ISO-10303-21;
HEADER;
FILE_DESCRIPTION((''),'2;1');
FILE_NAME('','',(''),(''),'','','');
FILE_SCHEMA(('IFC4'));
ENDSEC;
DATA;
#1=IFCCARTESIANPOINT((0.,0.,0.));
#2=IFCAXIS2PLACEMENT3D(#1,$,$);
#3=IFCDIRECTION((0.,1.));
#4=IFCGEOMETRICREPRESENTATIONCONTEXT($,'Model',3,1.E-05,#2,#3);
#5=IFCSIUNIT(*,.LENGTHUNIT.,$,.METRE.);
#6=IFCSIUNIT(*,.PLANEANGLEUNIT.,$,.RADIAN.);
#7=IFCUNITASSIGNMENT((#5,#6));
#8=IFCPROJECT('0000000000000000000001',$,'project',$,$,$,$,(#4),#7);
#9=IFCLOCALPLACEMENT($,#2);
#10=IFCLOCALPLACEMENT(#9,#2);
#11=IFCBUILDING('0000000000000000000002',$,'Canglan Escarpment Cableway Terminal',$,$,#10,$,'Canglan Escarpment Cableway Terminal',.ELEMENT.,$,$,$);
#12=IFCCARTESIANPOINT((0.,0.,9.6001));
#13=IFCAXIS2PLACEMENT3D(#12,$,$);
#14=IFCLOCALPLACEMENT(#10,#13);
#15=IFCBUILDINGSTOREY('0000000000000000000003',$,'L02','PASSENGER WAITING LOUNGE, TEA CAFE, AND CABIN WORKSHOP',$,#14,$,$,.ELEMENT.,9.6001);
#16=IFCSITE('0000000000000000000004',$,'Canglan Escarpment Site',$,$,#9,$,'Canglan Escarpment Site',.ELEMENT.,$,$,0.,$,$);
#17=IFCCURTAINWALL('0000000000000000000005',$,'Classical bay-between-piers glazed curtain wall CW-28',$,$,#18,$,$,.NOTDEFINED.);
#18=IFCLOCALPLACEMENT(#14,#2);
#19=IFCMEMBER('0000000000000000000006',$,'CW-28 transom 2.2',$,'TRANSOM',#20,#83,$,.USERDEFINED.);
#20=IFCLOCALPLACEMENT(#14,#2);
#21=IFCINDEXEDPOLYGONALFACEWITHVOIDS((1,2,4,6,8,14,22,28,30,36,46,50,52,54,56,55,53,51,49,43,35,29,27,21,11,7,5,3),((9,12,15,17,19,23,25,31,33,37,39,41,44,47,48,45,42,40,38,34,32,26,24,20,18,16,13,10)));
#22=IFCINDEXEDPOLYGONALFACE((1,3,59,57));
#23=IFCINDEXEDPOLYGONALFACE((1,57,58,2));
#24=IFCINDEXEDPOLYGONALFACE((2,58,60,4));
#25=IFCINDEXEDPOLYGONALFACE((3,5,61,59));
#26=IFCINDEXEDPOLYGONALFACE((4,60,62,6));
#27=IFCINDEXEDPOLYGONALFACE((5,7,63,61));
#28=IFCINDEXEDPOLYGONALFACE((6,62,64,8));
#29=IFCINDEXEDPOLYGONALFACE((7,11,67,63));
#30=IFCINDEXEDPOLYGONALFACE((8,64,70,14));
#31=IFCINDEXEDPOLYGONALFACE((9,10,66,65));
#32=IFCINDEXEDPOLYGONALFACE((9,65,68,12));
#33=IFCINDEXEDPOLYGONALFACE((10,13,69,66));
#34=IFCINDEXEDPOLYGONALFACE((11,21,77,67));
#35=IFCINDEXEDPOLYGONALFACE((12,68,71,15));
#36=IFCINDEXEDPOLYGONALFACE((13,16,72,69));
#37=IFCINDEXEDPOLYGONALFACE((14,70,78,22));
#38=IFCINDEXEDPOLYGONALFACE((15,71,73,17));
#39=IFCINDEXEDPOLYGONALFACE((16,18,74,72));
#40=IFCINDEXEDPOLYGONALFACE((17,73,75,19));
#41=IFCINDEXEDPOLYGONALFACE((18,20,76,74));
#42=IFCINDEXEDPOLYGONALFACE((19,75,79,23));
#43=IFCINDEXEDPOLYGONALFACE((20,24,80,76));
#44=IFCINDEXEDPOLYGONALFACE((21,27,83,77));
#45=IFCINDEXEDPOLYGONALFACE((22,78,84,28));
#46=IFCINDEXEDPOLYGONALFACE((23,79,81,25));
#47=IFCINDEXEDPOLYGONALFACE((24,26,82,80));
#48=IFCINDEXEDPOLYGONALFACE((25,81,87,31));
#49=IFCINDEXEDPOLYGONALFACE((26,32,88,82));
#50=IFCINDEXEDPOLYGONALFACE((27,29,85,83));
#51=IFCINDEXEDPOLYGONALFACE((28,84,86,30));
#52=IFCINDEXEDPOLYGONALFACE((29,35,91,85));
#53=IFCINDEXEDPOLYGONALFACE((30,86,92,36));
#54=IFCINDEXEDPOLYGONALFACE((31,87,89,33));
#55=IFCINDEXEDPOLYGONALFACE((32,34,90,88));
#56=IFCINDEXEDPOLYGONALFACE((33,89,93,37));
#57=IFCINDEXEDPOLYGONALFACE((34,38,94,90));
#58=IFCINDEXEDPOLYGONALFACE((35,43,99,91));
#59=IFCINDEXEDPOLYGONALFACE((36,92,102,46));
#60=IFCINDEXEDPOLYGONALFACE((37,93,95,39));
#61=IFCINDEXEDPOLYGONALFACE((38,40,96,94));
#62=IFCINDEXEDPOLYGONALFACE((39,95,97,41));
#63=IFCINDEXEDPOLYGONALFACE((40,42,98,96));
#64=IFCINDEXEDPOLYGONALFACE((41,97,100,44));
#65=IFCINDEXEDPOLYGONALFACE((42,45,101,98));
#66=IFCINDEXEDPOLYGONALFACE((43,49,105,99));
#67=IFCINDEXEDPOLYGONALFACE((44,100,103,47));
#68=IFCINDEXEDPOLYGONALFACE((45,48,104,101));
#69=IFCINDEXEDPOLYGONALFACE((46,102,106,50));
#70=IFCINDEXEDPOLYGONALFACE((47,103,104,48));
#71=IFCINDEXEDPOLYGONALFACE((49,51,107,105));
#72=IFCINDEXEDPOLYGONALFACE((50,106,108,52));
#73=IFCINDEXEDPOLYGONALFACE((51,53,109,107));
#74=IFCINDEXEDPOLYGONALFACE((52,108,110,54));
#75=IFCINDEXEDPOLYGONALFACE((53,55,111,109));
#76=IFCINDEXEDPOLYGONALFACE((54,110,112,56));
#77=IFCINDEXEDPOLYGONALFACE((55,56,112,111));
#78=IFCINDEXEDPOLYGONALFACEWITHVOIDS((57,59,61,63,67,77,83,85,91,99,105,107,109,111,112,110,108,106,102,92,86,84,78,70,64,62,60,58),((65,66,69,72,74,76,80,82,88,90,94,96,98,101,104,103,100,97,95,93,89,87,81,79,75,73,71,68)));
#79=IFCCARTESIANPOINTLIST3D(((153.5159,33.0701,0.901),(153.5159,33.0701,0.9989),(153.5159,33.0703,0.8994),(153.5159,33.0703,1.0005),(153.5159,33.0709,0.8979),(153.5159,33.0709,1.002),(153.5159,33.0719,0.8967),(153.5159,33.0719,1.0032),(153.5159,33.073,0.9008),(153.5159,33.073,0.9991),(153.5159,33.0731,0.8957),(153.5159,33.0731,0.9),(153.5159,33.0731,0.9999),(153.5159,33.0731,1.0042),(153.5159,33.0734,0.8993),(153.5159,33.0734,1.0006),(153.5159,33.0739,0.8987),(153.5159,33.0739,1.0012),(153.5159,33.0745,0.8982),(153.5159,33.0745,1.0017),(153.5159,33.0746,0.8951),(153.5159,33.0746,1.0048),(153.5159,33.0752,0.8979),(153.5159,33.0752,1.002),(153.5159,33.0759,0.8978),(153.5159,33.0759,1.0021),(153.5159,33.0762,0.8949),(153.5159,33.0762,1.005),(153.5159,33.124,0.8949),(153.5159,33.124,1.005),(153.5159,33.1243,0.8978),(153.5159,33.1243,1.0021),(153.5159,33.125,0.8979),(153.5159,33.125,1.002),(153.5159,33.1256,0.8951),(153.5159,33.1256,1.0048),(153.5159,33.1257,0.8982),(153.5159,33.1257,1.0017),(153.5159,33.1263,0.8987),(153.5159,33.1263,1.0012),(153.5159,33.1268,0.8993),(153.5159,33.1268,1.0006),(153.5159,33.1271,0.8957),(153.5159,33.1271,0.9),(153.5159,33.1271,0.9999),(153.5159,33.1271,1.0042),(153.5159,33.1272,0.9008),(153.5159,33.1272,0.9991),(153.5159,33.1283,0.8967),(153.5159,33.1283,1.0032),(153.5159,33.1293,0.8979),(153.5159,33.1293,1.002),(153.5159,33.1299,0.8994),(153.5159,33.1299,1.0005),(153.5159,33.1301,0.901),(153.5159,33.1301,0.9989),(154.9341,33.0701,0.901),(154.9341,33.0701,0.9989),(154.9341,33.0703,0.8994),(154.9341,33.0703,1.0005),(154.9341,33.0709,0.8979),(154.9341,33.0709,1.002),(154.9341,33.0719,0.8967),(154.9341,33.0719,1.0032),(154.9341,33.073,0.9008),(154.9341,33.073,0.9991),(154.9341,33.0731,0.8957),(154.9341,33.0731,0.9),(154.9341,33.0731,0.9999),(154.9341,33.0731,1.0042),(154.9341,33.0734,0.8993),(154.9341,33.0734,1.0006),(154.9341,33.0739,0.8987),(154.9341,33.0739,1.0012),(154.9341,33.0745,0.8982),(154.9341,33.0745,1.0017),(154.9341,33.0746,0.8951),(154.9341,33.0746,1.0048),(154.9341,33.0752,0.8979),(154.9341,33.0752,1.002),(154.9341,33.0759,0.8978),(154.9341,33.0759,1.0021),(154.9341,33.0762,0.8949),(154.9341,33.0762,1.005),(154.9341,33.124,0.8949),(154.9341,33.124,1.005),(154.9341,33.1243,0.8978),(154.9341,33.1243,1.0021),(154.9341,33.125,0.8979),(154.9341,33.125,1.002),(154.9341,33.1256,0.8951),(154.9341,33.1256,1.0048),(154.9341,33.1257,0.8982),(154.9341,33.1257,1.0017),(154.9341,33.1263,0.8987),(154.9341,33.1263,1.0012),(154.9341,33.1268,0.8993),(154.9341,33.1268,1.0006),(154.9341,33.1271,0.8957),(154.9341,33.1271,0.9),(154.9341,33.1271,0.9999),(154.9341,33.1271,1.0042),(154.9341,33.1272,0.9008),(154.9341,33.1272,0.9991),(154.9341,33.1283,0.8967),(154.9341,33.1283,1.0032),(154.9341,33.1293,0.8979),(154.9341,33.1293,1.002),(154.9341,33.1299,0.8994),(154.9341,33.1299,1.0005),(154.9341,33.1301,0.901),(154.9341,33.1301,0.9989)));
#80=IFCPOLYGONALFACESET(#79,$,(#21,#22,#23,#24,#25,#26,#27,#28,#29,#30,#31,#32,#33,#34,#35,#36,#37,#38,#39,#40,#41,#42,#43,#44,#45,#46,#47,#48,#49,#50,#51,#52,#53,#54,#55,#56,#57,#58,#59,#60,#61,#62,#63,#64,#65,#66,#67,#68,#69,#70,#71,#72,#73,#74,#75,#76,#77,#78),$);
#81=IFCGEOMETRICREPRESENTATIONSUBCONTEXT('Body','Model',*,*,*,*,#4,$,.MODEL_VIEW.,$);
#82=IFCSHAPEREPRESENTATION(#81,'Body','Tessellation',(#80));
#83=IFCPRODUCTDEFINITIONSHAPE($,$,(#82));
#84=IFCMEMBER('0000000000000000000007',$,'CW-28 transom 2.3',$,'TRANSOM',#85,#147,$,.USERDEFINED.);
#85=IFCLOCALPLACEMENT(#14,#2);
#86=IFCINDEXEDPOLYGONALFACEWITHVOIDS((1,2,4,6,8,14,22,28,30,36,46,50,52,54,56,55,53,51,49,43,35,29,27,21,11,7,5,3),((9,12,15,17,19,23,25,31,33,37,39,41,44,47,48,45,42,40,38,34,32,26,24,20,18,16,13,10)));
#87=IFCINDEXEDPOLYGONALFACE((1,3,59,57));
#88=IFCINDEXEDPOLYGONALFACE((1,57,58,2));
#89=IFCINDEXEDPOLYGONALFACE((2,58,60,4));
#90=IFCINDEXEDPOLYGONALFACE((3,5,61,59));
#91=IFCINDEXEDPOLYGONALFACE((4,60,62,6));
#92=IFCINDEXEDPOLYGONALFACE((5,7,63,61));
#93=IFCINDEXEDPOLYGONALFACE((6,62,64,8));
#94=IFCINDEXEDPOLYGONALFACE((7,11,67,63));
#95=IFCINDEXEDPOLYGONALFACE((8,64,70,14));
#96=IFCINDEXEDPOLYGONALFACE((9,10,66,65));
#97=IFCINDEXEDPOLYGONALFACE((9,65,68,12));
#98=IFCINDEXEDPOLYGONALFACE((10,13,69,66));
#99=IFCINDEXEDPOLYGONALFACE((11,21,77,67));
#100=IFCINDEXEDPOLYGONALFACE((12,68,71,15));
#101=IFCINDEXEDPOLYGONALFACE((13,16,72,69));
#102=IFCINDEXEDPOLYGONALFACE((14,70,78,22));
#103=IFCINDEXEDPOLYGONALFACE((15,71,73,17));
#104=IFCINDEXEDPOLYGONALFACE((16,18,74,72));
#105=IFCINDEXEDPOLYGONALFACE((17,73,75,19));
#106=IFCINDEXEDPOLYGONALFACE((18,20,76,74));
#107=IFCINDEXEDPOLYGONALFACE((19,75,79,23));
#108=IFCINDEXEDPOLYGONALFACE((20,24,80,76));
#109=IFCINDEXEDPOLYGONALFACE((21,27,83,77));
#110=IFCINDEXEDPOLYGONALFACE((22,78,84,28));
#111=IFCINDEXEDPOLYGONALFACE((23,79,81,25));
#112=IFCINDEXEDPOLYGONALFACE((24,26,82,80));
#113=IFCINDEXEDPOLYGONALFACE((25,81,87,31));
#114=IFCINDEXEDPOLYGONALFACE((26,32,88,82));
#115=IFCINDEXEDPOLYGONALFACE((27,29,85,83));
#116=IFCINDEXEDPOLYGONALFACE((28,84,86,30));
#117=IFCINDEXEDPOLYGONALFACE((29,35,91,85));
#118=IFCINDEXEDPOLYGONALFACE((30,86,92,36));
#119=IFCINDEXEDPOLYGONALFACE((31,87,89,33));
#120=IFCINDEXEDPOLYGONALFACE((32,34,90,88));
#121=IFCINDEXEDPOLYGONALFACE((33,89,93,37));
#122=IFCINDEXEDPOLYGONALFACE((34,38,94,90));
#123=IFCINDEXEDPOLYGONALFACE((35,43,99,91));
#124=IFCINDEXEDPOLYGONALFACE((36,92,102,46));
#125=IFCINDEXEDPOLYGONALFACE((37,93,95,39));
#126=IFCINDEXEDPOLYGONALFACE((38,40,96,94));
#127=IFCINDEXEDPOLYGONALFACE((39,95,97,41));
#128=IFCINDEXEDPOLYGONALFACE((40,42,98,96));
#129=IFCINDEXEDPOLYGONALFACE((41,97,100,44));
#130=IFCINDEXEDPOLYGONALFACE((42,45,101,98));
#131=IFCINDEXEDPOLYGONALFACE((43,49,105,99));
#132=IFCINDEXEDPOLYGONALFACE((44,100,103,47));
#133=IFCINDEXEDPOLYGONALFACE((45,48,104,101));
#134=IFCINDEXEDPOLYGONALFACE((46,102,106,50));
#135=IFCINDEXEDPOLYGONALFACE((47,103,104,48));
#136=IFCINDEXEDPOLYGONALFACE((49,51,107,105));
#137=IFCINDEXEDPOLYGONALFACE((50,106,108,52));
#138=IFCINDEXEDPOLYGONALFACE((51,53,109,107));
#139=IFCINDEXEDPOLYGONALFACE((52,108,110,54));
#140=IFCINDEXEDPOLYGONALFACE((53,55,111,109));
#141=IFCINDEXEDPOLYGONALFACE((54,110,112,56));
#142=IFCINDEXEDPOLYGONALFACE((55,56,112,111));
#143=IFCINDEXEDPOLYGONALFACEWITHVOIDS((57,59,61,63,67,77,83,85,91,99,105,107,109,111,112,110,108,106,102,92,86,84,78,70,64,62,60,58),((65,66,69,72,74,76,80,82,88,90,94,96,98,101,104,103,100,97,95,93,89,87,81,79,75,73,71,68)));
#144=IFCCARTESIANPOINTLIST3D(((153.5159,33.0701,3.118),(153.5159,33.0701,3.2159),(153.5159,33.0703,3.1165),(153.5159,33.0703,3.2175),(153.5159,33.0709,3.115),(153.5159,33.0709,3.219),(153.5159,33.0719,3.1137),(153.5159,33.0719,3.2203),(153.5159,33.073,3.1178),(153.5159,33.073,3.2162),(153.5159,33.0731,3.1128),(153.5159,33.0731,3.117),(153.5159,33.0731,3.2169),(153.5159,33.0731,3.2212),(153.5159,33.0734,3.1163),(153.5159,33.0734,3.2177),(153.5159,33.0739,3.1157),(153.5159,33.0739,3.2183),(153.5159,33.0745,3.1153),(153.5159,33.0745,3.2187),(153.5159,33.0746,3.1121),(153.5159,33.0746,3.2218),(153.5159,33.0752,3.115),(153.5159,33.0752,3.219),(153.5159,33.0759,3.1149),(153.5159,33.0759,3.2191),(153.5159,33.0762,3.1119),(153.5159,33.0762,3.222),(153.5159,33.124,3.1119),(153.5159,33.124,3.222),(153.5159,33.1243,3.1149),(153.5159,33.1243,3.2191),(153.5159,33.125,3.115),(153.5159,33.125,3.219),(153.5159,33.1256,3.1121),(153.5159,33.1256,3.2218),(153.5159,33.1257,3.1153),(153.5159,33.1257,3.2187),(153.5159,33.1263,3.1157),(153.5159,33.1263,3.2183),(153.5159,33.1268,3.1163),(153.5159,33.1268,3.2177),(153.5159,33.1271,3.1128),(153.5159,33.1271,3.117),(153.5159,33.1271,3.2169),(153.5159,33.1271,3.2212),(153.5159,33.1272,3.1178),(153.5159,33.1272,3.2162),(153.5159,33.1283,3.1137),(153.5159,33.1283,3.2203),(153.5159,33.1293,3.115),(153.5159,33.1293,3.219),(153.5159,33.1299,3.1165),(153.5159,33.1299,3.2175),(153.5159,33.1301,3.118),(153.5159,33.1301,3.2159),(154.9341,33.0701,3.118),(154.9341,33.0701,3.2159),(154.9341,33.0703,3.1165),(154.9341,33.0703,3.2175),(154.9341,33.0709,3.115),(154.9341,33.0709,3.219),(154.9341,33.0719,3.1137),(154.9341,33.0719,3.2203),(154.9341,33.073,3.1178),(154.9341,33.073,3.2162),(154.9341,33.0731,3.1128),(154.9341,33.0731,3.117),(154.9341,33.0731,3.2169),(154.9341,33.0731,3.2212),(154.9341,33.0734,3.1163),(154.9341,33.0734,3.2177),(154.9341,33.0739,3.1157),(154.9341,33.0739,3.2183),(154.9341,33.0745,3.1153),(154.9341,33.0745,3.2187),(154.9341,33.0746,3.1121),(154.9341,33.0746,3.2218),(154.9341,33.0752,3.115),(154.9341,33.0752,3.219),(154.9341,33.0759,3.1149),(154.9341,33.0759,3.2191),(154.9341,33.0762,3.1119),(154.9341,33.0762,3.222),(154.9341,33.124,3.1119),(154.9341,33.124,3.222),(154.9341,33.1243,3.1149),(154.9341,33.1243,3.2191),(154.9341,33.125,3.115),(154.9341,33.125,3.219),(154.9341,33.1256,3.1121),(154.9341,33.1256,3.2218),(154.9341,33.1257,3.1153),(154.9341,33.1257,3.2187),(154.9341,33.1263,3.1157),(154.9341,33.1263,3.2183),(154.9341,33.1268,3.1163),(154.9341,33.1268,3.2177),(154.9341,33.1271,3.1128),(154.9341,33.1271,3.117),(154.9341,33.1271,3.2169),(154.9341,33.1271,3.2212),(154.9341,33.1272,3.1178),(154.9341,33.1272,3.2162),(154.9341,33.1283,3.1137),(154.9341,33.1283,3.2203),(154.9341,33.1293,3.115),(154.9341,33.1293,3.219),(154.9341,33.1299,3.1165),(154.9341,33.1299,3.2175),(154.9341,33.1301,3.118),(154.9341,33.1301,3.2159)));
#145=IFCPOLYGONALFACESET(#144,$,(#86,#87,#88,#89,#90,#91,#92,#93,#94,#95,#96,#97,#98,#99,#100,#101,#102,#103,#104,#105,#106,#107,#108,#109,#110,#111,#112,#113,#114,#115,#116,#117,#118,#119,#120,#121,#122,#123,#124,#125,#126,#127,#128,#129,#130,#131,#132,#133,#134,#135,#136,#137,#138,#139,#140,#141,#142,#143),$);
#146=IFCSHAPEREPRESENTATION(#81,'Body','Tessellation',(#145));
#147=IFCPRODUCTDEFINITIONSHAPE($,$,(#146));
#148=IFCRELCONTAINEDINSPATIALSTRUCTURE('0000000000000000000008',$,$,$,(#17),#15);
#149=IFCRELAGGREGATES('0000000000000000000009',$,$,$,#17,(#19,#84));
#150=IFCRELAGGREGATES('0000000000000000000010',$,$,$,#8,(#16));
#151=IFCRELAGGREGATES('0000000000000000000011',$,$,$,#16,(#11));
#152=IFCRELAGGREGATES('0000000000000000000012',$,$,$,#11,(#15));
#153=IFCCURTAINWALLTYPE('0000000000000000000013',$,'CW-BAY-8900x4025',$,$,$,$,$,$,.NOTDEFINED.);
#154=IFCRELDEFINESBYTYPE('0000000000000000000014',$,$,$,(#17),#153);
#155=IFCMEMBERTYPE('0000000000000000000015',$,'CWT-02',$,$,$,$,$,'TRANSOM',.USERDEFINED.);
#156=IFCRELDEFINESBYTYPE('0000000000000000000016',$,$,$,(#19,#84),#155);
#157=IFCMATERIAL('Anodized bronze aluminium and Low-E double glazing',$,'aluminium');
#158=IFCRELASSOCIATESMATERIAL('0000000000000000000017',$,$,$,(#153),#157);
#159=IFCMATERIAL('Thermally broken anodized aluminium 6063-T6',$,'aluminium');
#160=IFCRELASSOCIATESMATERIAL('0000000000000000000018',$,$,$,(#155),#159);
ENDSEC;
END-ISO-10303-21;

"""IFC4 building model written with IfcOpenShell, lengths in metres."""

from ifc_helpers import new_model, si_unit, direction, frame, origin, origin_2d, place, context, subcontext, project, spatial, hollow_rectangle, extrude, material, material_profile, profile_set, type_object, element, aggregate, save


model = new_model("IFC4")

# Units and contexts
model_context = context("Model", 3, precision=1e-05, world=origin(), true_north=direction((0.0, 1.0)))
body_context = subcontext(model_context, "Body", "Model", "MODEL_VIEW")
ifc_project = project(units=[si_unit("LENGTHUNIT", "METRE"), si_unit("PLANEANGLEUNIT", "RADIAN")], contexts=[model_context])

# Site, building, storey
site_placement = place(None, origin())
site = spatial("IfcSite", under=ifc_project, at=site_placement, Name="Canglan Escarpment Site", LongName="Canglan Escarpment Site", CompositionType="ELEMENT", RefElevation=0.0)
building_placement = place(site_placement, origin())
building = spatial("IfcBuilding", under=site, at=building_placement, Name="Canglan Escarpment Cableway Terminal", LongName="Canglan Escarpment Cableway Terminal", CompositionType="ELEMENT")
storey_placement = place(building_placement, frame((0.0, 0.0, 9.6001)))
storey = spatial("IfcBuildingStorey", under=building, at=storey_placement, Name="L02", Description="PASSENGER WAITING LOUNGE, TEA CAFE, AND CABIN WORKSHOP", CompositionType="ELEMENT", Elevation=9.6001)

# Curtain wall
ifc_material_1 = material(Name="Anodized bronze aluminium and Low-E double glazing", Category="aluminium")
curtain_wall_type = type_object("IfcCurtainWallType", Name="CW-BAY-8900x4025", PredefinedType="NOTDEFINED", material=ifc_material_1)
curtain_wall_1_placement = place(storey_placement, origin())
curtain_wall_1 = element("IfcCurtainWall", 1, at=curtain_wall_1_placement, inside=storey, type_object=curtain_wall_type, Name="Classical bay-between-piers glazed curtain wall CW-28", PredefinedType="NOTDEFINED")
ifc_material_2 = material(Name="Thermally broken anodized aluminium 6063-T6", Category="aluminium")

# Members
ifc_material_profile_1 = material_profile(ifc_material_2, hollow_rectangle(XDim=0.0601, YDim=0.1101, WallThickness=0.0029, InnerFilletRadius=0.0029, OuterFilletRadius=0.0061, at=origin_2d()), Name="ALU-TRAN 60x110x3")
ifc_profile_set_1 = profile_set([ifc_material_profile_1], Name="Thermally broken anodized aluminium 6063-T6")
member_type_1 = type_object("IfcMemberType", Name="CWT-02", ElementType="TRANSOM", PredefinedType="USERDEFINED", material=ifc_profile_set_1)
member_1_placement = place(storey_placement, frame((154.9341, 33.1001, 0.95), z_axis=(-1.0, 0.0, 0.0), x_axis=(0.0, -1.0, 0.0)))
member_1 = element("IfcMember", 2, at=member_1_placement, type_object=member_type_1, Name="CW-28 transom 2.2", ObjectType="TRANSOM", PredefinedType="USERDEFINED", context=body_context, shape_type="SweptSolid", body=[
    extrude(hollow_rectangle(XDim=0.0601, YDim=0.1101, WallThickness=0.0029, InnerFilletRadius=0.0029, OuterFilletRadius=0.0061, at=origin_2d()), origin(), (0.0, 0.0, 1.0), 1.4182),
])
member_2_placement = place(storey_placement, frame((154.9341, 33.1001, 3.167), z_axis=(-1.0, 0.0, 0.0), x_axis=(0.0, -1.0, 0.0)))
member_2 = element("IfcMember", 3, at=member_2_placement, type_object=member_type_1, Name="CW-28 transom 2.3", ObjectType="TRANSOM", PredefinedType="USERDEFINED", context=body_context, shape_type="SweptSolid", body=[
    extrude(hollow_rectangle(XDim=0.0601, YDim=0.1101, WallThickness=0.0029, InnerFilletRadius=0.0029, OuterFilletRadius=0.0061, at=origin_2d()), origin(), (0.0, 0.0, 1.0), 1.4182),
])

aggregate(curtain_wall_1, [member_1, member_2])

save(model, "model.ifc")
